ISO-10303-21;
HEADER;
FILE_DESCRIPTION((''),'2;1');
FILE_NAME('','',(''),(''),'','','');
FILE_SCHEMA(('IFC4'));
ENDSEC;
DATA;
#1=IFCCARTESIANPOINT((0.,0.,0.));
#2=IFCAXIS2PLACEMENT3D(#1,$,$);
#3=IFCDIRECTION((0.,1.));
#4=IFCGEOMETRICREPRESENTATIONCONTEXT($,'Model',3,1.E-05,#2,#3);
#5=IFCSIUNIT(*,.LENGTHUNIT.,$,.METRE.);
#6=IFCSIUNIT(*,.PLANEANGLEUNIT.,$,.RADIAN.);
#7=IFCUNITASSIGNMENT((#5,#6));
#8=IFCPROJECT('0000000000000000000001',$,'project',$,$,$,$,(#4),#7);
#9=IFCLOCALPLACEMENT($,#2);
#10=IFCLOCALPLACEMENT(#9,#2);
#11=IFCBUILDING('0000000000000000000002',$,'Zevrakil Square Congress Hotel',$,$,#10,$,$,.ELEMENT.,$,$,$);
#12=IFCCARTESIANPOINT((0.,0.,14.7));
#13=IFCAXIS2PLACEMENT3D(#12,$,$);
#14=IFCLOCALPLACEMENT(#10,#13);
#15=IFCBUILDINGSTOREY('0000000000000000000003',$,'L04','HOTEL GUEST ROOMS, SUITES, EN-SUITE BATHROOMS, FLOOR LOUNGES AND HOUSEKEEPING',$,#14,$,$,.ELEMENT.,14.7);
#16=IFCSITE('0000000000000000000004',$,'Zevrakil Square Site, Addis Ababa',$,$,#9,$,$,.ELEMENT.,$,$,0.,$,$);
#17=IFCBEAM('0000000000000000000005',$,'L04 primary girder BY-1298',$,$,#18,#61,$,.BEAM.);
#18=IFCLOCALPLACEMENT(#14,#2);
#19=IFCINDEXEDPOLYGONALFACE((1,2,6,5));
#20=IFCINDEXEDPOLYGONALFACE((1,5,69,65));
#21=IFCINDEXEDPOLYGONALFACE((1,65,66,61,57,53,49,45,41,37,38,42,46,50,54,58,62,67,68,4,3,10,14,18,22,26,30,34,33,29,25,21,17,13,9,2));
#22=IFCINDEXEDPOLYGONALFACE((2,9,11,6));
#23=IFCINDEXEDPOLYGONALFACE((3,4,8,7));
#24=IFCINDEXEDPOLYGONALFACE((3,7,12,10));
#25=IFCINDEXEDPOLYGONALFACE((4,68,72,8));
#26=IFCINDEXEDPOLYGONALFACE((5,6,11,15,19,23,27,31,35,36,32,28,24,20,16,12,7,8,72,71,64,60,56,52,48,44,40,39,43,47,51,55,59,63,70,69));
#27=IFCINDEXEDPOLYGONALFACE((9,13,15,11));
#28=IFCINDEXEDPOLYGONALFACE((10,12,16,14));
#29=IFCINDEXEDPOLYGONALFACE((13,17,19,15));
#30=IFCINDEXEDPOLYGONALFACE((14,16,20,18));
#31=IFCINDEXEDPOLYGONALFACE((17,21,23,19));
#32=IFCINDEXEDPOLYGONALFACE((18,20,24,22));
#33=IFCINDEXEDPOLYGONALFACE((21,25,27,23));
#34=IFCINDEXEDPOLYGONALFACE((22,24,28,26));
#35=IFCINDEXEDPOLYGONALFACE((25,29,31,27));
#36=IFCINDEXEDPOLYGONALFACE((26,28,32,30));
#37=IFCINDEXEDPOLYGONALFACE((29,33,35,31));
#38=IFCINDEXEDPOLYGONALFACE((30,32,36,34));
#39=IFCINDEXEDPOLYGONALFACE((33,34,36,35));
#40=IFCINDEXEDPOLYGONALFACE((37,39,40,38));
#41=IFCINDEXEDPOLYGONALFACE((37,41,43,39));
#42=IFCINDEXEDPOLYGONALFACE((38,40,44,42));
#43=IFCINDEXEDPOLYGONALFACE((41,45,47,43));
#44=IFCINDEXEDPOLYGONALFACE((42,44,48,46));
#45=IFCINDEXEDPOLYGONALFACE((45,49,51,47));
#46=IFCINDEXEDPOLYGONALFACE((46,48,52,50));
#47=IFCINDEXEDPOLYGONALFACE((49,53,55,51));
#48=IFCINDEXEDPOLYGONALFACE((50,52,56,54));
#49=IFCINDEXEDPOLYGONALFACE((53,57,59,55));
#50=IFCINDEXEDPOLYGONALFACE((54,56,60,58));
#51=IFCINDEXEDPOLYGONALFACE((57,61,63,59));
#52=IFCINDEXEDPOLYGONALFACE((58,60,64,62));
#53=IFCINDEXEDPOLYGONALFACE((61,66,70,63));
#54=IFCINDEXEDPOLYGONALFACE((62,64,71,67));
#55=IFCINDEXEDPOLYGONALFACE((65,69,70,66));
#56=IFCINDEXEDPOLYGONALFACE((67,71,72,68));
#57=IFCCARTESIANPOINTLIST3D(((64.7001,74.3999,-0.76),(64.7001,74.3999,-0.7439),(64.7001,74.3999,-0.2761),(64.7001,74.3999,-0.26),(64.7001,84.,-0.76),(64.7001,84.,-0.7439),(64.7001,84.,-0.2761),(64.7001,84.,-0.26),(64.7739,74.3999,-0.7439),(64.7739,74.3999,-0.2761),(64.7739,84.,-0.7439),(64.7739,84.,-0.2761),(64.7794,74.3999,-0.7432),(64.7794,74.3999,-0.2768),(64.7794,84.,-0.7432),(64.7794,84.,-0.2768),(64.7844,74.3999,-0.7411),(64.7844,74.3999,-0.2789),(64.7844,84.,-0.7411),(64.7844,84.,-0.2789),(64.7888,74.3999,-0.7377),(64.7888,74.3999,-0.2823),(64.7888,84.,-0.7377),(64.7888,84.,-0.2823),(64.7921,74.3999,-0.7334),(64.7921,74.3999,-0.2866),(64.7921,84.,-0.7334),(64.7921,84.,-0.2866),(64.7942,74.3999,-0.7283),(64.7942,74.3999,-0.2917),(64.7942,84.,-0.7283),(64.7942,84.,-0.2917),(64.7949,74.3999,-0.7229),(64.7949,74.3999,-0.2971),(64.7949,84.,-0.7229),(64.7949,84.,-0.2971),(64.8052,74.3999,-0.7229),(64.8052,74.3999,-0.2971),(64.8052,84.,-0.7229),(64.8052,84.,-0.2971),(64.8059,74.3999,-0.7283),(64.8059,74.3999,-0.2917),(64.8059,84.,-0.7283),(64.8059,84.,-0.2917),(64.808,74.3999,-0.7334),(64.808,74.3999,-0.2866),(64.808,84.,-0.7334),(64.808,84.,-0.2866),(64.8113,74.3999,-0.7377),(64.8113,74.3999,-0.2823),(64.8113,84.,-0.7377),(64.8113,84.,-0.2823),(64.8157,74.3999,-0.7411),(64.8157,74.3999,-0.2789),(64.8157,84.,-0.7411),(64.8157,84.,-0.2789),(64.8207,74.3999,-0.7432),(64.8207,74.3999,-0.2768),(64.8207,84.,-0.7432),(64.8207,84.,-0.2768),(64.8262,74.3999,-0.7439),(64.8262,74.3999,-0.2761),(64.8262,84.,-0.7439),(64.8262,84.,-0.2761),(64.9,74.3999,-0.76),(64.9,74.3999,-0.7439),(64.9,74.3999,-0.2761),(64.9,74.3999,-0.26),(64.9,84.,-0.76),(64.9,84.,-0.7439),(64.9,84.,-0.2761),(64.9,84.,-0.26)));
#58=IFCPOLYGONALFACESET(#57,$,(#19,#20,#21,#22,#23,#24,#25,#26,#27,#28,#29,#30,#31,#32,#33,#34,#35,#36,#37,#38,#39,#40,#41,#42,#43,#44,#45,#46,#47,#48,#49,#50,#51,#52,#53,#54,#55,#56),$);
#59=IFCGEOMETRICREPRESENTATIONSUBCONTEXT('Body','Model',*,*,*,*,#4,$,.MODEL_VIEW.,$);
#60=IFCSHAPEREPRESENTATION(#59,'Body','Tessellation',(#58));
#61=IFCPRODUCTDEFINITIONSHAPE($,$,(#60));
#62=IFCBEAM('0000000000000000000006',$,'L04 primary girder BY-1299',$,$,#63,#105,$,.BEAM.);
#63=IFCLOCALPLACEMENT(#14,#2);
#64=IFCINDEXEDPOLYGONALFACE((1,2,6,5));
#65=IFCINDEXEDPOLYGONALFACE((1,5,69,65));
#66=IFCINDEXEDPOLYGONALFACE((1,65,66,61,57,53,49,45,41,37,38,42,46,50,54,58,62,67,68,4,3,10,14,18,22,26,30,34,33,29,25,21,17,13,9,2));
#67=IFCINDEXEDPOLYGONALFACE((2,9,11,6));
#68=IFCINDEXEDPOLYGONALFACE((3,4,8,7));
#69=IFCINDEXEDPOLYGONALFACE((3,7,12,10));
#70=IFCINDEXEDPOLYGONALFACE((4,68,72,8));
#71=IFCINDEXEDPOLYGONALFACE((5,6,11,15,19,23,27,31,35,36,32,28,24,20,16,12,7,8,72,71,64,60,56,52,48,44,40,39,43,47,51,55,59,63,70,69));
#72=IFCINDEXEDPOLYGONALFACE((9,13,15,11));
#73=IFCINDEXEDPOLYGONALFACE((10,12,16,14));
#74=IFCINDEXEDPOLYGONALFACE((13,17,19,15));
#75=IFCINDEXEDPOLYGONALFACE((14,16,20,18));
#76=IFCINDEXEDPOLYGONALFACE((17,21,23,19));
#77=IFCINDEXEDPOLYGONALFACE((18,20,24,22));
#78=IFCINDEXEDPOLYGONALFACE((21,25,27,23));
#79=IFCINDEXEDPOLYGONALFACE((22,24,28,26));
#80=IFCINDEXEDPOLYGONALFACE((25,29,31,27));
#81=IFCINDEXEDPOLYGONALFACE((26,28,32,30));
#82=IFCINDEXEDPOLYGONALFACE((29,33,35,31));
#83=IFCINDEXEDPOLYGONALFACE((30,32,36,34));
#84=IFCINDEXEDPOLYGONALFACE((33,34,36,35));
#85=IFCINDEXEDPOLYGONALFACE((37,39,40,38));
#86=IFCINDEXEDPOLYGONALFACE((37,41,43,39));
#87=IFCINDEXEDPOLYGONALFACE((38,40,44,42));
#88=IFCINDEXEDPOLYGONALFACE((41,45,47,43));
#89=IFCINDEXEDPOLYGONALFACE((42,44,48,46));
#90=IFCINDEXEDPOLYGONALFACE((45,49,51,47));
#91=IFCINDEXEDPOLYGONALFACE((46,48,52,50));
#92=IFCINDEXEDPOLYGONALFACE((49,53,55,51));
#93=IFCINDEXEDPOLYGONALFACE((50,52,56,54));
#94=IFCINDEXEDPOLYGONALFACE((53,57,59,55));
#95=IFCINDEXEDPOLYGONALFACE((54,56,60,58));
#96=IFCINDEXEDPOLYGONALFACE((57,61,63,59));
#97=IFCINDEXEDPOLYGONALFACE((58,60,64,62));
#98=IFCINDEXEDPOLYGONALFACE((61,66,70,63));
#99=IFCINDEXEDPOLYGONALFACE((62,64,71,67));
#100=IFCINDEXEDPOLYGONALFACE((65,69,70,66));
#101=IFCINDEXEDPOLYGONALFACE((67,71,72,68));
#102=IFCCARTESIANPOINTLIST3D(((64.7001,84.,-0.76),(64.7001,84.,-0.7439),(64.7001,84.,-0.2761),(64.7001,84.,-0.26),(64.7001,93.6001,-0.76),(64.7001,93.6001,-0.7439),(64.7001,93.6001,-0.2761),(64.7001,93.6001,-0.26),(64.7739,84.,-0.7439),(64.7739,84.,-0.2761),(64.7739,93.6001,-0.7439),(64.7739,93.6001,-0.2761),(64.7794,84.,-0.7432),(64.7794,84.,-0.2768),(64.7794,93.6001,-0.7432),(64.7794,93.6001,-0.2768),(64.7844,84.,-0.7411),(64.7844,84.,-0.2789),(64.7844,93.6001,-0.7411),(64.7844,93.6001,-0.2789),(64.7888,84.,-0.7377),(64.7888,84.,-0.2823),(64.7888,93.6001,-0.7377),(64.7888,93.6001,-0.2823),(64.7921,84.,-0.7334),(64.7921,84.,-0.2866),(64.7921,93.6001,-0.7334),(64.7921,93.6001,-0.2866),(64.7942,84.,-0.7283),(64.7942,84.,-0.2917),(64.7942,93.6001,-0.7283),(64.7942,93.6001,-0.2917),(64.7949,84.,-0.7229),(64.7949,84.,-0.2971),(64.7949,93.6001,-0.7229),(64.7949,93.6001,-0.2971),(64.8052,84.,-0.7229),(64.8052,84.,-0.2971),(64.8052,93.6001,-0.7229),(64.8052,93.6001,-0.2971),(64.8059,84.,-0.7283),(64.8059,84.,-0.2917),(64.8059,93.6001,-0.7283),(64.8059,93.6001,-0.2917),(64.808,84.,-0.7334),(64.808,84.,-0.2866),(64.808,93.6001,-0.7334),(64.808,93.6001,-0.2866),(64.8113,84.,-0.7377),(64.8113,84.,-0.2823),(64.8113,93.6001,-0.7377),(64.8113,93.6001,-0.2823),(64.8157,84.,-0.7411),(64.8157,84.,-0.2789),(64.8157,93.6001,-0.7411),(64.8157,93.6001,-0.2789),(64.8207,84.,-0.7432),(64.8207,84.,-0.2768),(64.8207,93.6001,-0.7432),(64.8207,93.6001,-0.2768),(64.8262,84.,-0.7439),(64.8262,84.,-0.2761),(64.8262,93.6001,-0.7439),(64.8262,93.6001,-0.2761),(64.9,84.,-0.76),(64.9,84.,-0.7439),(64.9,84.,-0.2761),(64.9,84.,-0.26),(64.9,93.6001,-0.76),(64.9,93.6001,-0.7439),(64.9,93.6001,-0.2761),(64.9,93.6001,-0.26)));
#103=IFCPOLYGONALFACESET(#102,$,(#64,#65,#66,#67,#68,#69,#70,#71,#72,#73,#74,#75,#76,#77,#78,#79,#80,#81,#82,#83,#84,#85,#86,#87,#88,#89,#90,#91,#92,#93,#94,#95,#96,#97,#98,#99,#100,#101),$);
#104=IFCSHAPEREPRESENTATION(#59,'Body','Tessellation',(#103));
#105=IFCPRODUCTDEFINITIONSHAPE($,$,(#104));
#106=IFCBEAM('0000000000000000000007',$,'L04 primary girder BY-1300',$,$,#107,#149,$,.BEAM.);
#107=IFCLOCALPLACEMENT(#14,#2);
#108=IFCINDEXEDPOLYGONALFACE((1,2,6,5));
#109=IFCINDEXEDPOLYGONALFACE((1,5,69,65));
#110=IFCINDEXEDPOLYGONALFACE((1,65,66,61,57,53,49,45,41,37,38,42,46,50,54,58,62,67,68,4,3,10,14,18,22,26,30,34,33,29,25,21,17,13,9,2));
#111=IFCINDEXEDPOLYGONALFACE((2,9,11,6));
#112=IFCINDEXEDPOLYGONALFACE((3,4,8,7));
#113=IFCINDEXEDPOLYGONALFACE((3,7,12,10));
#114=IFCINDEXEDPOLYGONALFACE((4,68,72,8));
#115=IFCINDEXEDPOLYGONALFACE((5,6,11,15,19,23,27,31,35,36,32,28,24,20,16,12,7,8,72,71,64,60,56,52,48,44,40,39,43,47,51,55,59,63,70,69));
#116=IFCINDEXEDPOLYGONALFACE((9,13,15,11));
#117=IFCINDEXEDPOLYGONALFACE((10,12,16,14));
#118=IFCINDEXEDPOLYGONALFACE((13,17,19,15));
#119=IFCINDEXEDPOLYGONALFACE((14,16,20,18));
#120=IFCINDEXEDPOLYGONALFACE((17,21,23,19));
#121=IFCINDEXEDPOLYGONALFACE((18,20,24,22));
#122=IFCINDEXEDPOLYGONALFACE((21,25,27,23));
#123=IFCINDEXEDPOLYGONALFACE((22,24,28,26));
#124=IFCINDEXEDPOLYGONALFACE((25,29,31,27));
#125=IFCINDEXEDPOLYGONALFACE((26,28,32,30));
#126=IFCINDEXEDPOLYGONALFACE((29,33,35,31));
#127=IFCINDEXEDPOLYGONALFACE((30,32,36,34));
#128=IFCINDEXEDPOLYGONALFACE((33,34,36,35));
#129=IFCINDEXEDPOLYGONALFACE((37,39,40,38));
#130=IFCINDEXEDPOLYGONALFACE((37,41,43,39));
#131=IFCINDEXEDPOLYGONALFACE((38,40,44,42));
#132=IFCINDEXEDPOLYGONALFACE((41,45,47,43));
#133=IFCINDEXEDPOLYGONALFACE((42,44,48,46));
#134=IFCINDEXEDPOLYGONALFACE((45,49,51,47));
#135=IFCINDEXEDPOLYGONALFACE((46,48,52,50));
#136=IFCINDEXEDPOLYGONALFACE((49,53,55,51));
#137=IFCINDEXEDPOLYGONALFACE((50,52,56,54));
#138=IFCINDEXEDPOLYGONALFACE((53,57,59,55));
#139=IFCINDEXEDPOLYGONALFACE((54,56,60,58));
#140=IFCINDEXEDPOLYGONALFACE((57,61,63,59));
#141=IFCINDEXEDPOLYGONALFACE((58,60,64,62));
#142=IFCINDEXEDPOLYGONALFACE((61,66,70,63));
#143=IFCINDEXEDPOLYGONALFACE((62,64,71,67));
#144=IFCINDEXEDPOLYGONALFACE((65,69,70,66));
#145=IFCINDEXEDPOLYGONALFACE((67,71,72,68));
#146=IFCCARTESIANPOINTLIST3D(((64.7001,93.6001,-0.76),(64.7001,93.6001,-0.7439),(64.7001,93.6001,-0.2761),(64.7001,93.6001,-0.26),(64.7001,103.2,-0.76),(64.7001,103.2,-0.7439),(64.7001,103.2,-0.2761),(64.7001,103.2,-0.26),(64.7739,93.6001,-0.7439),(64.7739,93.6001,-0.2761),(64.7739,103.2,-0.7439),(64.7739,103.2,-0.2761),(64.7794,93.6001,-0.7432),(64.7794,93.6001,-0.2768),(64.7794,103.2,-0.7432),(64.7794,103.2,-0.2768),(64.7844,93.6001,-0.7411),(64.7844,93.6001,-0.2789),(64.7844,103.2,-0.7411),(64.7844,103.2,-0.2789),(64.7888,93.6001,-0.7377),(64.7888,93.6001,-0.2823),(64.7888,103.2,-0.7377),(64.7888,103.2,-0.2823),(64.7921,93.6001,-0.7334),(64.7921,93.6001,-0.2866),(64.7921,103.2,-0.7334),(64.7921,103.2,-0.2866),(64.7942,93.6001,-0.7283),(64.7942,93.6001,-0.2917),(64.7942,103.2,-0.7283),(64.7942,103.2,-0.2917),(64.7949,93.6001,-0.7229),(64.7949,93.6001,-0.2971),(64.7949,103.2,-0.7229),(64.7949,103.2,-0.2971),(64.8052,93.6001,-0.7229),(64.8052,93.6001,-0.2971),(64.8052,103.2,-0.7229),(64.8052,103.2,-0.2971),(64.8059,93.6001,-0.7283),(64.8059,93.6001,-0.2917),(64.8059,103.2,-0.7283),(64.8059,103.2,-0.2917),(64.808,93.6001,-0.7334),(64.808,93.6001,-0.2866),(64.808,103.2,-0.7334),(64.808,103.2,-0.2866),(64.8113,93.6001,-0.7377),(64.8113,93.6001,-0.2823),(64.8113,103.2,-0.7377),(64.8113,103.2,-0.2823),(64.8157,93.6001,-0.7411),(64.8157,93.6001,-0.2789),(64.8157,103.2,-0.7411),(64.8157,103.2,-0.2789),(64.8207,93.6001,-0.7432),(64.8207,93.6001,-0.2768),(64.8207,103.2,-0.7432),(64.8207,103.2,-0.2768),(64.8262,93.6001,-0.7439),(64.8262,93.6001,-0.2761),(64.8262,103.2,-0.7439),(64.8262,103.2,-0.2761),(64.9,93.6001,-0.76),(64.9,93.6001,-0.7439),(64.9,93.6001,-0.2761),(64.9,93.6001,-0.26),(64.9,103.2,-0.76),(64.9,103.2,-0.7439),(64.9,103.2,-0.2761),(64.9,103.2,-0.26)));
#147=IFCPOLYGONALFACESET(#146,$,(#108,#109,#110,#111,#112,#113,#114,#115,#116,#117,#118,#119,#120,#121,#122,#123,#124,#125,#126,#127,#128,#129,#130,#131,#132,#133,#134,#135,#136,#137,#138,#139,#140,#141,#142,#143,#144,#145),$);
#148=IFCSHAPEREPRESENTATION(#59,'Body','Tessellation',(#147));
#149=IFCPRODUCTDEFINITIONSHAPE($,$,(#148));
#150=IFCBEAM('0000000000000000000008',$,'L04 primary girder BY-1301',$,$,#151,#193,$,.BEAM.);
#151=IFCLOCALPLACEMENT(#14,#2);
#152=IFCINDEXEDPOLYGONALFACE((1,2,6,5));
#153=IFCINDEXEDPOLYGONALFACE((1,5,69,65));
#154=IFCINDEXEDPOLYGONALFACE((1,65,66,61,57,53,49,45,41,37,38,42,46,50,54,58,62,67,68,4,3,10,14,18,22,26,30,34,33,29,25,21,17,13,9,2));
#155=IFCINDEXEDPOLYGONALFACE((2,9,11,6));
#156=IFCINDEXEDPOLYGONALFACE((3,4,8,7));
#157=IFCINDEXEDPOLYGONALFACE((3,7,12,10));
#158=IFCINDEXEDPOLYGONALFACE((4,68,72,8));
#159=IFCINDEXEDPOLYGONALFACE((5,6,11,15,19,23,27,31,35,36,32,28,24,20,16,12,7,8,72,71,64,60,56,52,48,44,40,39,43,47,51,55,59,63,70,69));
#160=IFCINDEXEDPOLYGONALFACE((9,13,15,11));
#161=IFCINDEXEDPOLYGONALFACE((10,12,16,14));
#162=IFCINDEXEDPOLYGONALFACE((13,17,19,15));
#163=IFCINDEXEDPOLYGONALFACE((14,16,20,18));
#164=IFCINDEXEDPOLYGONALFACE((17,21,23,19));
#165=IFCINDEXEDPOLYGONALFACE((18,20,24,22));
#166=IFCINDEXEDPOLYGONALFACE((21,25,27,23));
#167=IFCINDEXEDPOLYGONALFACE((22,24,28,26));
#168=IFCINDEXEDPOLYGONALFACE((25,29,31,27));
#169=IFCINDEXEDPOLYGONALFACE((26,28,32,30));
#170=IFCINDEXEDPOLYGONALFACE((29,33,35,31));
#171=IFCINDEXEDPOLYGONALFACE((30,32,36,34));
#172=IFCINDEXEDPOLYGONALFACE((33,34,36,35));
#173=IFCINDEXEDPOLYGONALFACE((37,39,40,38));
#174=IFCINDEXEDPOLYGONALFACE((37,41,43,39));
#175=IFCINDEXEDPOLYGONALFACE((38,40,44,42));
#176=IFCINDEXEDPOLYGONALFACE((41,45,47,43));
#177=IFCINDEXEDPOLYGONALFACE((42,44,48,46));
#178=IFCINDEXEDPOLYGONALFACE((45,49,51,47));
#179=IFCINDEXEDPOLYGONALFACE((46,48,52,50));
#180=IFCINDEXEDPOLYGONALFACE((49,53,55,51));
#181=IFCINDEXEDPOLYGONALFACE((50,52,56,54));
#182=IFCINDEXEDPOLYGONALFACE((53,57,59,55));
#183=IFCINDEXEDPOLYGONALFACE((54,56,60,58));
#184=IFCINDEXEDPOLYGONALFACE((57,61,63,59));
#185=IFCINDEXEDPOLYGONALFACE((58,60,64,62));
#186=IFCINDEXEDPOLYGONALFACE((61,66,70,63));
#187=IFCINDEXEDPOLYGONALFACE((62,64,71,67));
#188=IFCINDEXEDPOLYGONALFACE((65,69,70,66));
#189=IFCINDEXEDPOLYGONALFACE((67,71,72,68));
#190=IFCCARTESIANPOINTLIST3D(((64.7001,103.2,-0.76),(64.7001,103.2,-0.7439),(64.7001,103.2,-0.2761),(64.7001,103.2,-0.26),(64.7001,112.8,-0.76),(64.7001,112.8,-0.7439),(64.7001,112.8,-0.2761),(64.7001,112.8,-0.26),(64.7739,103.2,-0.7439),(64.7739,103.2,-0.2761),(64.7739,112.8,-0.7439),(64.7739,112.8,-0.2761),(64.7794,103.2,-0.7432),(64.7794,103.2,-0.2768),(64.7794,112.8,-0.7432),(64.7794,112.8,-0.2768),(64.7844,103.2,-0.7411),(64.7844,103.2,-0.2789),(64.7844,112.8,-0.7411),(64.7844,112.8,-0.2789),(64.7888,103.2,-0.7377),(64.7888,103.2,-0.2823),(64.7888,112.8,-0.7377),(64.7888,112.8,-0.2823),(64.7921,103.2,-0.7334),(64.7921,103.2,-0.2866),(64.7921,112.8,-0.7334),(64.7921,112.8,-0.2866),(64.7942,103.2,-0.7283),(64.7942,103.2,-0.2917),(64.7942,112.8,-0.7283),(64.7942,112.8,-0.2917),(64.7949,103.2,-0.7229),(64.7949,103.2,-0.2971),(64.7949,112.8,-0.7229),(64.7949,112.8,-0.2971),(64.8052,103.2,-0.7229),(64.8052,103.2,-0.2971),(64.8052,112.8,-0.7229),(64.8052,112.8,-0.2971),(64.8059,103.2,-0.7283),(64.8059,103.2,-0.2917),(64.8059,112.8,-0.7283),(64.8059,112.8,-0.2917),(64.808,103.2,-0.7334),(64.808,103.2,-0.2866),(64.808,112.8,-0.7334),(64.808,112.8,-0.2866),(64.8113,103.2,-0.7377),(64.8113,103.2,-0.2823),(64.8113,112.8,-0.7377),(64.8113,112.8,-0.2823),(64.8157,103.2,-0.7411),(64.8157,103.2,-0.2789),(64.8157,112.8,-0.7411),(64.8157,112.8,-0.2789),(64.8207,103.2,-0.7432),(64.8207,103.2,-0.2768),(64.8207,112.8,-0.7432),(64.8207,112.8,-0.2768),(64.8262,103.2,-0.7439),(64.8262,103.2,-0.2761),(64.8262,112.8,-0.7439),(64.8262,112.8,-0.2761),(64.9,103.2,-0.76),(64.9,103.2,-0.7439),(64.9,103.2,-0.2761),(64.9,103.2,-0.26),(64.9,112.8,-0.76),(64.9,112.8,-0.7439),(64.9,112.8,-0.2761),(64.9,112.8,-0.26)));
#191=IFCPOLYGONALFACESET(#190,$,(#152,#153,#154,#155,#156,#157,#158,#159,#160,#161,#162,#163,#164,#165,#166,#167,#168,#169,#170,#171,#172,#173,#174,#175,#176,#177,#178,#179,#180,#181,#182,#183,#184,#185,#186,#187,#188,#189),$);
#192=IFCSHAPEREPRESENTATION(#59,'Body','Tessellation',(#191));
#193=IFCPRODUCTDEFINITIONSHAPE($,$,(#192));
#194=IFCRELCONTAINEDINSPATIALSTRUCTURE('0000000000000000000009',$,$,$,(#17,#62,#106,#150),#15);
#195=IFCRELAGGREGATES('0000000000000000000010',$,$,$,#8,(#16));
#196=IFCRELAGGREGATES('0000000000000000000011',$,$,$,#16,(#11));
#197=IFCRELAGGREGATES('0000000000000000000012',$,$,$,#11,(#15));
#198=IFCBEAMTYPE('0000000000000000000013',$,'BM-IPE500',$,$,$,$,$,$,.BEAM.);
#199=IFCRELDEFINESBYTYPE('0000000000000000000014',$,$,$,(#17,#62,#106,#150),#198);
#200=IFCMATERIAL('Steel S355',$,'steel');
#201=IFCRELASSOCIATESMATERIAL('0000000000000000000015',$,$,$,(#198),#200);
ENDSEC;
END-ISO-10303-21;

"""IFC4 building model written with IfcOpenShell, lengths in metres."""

from ifc_helpers import new_model, si_unit, direction, frame, origin, origin_2d, place, context, subcontext, project, spatial, i_section, extrude, material, material_profile, profile_set, type_object, element, save


model = new_model("IFC4")

# Units and contexts
model_context = context("Model", 3, precision=1e-05, world=origin(), true_north=direction((0.0, 1.0)))
body_context = subcontext(model_context, "Body", "Model", "MODEL_VIEW")
ifc_project = project(units=[si_unit("LENGTHUNIT", "METRE"), si_unit("PLANEANGLEUNIT", "RADIAN")], contexts=[model_context])

# Site, building, storey
site_placement = place(None, origin())
site = spatial("IfcSite", under=ifc_project, at=site_placement, Name="Zevrakil Square Site, Addis Ababa", CompositionType="ELEMENT", RefElevation=0.0)
building_placement = place(site_placement, origin())
building = spatial("IfcBuilding", under=site, at=building_placement, Name="Zevrakil Square Congress Hotel", CompositionType="ELEMENT")
storey_placement = place(building_placement, frame((0.0, 0.0, 14.7)))
storey = spatial("IfcBuildingStorey", under=building, at=storey_placement, Name="L04", Description="HOTEL GUEST ROOMS, SUITES, EN-SUITE BATHROOMS, FLOOR LOUNGES AND HOUSEKEEPING", CompositionType="ELEMENT", Elevation=14.7)

# Beams
ifc_material_1 = material(Name="Steel S355", Category="steel")
ifc_material_profile_1 = material_profile(ifc_material_1, i_section(OverallWidth=0.2, OverallDepth=0.5, WebThickness=0.0103, FlangeThickness=0.0161, FilletRadius=0.021, at=origin_2d()), Name="IPE 500")
ifc_profile_set_1 = profile_set([ifc_material_profile_1], Name="Steel S355")
beam_type_1 = type_object("IfcBeamType", Name="BM-IPE500", PredefinedType="BEAM", material=ifc_profile_set_1)
for number, where, z_axis, x_axis, name in (
    (1, (64.8, 74.3999, -0.51), (0.0, 1.0, 0.0), (-1.0, 0.0, 0.0), "L04 primary girder BY-1298"),
    (2, (64.8, 84.0, -0.51), (0.0, 1.0, 0.0), (-1.0, 0.0, 0.0), "L04 primary girder BY-1299"),
):
    element("IfcBeam", number, at=place(storey_placement, frame(where, z_axis=z_axis, x_axis=x_axis)), inside=storey, type_object=beam_type_1, Name=name, PredefinedType="BEAM", context=body_context, shape_type="SweptSolid", body=[
        extrude(i_section(OverallWidth=0.2, OverallDepth=0.5, WebThickness=0.0103, FlangeThickness=0.0161, FilletRadius=0.021, at=origin_2d()), origin(), (0.0, 0.0, 1.0), 9.6001),
    ])
beam_1_placement = place(storey_placement, frame((64.8, 93.6001, -0.51), z_axis=(0.0, 1.0, 0.0), x_axis=(-1.0, 0.0, 0.0)))
element("IfcBeam", 3, at=beam_1_placement, inside=storey, type_object=beam_type_1, Name="L04 primary girder BY-1300", PredefinedType="BEAM", context=body_context, shape_type="SweptSolid", body=[
    extrude(i_section(OverallWidth=0.2, OverallDepth=0.5, WebThickness=0.0103, FlangeThickness=0.0161, FilletRadius=0.021, at=origin_2d()), origin(), (0.0, 0.0, 1.0), 9.5999),
])
beam_2_placement = place(storey_placement, frame((64.8, 103.2, -0.51), z_axis=(0.0, 1.0, 0.0), x_axis=(-1.0, 0.0, 0.0)))
element("IfcBeam", 4, at=beam_2_placement, inside=storey, type_object=beam_type_1, Name="L04 primary girder BY-1301", PredefinedType="BEAM", context=body_context, shape_type="SweptSolid", body=[
    extrude(i_section(OverallWidth=0.2, OverallDepth=0.5, WebThickness=0.0103, FlangeThickness=0.0161, FilletRadius=0.021, at=origin_2d()), origin(), (0.0, 0.0, 1.0), 9.6001),
])

save(model, "model.ifc")
